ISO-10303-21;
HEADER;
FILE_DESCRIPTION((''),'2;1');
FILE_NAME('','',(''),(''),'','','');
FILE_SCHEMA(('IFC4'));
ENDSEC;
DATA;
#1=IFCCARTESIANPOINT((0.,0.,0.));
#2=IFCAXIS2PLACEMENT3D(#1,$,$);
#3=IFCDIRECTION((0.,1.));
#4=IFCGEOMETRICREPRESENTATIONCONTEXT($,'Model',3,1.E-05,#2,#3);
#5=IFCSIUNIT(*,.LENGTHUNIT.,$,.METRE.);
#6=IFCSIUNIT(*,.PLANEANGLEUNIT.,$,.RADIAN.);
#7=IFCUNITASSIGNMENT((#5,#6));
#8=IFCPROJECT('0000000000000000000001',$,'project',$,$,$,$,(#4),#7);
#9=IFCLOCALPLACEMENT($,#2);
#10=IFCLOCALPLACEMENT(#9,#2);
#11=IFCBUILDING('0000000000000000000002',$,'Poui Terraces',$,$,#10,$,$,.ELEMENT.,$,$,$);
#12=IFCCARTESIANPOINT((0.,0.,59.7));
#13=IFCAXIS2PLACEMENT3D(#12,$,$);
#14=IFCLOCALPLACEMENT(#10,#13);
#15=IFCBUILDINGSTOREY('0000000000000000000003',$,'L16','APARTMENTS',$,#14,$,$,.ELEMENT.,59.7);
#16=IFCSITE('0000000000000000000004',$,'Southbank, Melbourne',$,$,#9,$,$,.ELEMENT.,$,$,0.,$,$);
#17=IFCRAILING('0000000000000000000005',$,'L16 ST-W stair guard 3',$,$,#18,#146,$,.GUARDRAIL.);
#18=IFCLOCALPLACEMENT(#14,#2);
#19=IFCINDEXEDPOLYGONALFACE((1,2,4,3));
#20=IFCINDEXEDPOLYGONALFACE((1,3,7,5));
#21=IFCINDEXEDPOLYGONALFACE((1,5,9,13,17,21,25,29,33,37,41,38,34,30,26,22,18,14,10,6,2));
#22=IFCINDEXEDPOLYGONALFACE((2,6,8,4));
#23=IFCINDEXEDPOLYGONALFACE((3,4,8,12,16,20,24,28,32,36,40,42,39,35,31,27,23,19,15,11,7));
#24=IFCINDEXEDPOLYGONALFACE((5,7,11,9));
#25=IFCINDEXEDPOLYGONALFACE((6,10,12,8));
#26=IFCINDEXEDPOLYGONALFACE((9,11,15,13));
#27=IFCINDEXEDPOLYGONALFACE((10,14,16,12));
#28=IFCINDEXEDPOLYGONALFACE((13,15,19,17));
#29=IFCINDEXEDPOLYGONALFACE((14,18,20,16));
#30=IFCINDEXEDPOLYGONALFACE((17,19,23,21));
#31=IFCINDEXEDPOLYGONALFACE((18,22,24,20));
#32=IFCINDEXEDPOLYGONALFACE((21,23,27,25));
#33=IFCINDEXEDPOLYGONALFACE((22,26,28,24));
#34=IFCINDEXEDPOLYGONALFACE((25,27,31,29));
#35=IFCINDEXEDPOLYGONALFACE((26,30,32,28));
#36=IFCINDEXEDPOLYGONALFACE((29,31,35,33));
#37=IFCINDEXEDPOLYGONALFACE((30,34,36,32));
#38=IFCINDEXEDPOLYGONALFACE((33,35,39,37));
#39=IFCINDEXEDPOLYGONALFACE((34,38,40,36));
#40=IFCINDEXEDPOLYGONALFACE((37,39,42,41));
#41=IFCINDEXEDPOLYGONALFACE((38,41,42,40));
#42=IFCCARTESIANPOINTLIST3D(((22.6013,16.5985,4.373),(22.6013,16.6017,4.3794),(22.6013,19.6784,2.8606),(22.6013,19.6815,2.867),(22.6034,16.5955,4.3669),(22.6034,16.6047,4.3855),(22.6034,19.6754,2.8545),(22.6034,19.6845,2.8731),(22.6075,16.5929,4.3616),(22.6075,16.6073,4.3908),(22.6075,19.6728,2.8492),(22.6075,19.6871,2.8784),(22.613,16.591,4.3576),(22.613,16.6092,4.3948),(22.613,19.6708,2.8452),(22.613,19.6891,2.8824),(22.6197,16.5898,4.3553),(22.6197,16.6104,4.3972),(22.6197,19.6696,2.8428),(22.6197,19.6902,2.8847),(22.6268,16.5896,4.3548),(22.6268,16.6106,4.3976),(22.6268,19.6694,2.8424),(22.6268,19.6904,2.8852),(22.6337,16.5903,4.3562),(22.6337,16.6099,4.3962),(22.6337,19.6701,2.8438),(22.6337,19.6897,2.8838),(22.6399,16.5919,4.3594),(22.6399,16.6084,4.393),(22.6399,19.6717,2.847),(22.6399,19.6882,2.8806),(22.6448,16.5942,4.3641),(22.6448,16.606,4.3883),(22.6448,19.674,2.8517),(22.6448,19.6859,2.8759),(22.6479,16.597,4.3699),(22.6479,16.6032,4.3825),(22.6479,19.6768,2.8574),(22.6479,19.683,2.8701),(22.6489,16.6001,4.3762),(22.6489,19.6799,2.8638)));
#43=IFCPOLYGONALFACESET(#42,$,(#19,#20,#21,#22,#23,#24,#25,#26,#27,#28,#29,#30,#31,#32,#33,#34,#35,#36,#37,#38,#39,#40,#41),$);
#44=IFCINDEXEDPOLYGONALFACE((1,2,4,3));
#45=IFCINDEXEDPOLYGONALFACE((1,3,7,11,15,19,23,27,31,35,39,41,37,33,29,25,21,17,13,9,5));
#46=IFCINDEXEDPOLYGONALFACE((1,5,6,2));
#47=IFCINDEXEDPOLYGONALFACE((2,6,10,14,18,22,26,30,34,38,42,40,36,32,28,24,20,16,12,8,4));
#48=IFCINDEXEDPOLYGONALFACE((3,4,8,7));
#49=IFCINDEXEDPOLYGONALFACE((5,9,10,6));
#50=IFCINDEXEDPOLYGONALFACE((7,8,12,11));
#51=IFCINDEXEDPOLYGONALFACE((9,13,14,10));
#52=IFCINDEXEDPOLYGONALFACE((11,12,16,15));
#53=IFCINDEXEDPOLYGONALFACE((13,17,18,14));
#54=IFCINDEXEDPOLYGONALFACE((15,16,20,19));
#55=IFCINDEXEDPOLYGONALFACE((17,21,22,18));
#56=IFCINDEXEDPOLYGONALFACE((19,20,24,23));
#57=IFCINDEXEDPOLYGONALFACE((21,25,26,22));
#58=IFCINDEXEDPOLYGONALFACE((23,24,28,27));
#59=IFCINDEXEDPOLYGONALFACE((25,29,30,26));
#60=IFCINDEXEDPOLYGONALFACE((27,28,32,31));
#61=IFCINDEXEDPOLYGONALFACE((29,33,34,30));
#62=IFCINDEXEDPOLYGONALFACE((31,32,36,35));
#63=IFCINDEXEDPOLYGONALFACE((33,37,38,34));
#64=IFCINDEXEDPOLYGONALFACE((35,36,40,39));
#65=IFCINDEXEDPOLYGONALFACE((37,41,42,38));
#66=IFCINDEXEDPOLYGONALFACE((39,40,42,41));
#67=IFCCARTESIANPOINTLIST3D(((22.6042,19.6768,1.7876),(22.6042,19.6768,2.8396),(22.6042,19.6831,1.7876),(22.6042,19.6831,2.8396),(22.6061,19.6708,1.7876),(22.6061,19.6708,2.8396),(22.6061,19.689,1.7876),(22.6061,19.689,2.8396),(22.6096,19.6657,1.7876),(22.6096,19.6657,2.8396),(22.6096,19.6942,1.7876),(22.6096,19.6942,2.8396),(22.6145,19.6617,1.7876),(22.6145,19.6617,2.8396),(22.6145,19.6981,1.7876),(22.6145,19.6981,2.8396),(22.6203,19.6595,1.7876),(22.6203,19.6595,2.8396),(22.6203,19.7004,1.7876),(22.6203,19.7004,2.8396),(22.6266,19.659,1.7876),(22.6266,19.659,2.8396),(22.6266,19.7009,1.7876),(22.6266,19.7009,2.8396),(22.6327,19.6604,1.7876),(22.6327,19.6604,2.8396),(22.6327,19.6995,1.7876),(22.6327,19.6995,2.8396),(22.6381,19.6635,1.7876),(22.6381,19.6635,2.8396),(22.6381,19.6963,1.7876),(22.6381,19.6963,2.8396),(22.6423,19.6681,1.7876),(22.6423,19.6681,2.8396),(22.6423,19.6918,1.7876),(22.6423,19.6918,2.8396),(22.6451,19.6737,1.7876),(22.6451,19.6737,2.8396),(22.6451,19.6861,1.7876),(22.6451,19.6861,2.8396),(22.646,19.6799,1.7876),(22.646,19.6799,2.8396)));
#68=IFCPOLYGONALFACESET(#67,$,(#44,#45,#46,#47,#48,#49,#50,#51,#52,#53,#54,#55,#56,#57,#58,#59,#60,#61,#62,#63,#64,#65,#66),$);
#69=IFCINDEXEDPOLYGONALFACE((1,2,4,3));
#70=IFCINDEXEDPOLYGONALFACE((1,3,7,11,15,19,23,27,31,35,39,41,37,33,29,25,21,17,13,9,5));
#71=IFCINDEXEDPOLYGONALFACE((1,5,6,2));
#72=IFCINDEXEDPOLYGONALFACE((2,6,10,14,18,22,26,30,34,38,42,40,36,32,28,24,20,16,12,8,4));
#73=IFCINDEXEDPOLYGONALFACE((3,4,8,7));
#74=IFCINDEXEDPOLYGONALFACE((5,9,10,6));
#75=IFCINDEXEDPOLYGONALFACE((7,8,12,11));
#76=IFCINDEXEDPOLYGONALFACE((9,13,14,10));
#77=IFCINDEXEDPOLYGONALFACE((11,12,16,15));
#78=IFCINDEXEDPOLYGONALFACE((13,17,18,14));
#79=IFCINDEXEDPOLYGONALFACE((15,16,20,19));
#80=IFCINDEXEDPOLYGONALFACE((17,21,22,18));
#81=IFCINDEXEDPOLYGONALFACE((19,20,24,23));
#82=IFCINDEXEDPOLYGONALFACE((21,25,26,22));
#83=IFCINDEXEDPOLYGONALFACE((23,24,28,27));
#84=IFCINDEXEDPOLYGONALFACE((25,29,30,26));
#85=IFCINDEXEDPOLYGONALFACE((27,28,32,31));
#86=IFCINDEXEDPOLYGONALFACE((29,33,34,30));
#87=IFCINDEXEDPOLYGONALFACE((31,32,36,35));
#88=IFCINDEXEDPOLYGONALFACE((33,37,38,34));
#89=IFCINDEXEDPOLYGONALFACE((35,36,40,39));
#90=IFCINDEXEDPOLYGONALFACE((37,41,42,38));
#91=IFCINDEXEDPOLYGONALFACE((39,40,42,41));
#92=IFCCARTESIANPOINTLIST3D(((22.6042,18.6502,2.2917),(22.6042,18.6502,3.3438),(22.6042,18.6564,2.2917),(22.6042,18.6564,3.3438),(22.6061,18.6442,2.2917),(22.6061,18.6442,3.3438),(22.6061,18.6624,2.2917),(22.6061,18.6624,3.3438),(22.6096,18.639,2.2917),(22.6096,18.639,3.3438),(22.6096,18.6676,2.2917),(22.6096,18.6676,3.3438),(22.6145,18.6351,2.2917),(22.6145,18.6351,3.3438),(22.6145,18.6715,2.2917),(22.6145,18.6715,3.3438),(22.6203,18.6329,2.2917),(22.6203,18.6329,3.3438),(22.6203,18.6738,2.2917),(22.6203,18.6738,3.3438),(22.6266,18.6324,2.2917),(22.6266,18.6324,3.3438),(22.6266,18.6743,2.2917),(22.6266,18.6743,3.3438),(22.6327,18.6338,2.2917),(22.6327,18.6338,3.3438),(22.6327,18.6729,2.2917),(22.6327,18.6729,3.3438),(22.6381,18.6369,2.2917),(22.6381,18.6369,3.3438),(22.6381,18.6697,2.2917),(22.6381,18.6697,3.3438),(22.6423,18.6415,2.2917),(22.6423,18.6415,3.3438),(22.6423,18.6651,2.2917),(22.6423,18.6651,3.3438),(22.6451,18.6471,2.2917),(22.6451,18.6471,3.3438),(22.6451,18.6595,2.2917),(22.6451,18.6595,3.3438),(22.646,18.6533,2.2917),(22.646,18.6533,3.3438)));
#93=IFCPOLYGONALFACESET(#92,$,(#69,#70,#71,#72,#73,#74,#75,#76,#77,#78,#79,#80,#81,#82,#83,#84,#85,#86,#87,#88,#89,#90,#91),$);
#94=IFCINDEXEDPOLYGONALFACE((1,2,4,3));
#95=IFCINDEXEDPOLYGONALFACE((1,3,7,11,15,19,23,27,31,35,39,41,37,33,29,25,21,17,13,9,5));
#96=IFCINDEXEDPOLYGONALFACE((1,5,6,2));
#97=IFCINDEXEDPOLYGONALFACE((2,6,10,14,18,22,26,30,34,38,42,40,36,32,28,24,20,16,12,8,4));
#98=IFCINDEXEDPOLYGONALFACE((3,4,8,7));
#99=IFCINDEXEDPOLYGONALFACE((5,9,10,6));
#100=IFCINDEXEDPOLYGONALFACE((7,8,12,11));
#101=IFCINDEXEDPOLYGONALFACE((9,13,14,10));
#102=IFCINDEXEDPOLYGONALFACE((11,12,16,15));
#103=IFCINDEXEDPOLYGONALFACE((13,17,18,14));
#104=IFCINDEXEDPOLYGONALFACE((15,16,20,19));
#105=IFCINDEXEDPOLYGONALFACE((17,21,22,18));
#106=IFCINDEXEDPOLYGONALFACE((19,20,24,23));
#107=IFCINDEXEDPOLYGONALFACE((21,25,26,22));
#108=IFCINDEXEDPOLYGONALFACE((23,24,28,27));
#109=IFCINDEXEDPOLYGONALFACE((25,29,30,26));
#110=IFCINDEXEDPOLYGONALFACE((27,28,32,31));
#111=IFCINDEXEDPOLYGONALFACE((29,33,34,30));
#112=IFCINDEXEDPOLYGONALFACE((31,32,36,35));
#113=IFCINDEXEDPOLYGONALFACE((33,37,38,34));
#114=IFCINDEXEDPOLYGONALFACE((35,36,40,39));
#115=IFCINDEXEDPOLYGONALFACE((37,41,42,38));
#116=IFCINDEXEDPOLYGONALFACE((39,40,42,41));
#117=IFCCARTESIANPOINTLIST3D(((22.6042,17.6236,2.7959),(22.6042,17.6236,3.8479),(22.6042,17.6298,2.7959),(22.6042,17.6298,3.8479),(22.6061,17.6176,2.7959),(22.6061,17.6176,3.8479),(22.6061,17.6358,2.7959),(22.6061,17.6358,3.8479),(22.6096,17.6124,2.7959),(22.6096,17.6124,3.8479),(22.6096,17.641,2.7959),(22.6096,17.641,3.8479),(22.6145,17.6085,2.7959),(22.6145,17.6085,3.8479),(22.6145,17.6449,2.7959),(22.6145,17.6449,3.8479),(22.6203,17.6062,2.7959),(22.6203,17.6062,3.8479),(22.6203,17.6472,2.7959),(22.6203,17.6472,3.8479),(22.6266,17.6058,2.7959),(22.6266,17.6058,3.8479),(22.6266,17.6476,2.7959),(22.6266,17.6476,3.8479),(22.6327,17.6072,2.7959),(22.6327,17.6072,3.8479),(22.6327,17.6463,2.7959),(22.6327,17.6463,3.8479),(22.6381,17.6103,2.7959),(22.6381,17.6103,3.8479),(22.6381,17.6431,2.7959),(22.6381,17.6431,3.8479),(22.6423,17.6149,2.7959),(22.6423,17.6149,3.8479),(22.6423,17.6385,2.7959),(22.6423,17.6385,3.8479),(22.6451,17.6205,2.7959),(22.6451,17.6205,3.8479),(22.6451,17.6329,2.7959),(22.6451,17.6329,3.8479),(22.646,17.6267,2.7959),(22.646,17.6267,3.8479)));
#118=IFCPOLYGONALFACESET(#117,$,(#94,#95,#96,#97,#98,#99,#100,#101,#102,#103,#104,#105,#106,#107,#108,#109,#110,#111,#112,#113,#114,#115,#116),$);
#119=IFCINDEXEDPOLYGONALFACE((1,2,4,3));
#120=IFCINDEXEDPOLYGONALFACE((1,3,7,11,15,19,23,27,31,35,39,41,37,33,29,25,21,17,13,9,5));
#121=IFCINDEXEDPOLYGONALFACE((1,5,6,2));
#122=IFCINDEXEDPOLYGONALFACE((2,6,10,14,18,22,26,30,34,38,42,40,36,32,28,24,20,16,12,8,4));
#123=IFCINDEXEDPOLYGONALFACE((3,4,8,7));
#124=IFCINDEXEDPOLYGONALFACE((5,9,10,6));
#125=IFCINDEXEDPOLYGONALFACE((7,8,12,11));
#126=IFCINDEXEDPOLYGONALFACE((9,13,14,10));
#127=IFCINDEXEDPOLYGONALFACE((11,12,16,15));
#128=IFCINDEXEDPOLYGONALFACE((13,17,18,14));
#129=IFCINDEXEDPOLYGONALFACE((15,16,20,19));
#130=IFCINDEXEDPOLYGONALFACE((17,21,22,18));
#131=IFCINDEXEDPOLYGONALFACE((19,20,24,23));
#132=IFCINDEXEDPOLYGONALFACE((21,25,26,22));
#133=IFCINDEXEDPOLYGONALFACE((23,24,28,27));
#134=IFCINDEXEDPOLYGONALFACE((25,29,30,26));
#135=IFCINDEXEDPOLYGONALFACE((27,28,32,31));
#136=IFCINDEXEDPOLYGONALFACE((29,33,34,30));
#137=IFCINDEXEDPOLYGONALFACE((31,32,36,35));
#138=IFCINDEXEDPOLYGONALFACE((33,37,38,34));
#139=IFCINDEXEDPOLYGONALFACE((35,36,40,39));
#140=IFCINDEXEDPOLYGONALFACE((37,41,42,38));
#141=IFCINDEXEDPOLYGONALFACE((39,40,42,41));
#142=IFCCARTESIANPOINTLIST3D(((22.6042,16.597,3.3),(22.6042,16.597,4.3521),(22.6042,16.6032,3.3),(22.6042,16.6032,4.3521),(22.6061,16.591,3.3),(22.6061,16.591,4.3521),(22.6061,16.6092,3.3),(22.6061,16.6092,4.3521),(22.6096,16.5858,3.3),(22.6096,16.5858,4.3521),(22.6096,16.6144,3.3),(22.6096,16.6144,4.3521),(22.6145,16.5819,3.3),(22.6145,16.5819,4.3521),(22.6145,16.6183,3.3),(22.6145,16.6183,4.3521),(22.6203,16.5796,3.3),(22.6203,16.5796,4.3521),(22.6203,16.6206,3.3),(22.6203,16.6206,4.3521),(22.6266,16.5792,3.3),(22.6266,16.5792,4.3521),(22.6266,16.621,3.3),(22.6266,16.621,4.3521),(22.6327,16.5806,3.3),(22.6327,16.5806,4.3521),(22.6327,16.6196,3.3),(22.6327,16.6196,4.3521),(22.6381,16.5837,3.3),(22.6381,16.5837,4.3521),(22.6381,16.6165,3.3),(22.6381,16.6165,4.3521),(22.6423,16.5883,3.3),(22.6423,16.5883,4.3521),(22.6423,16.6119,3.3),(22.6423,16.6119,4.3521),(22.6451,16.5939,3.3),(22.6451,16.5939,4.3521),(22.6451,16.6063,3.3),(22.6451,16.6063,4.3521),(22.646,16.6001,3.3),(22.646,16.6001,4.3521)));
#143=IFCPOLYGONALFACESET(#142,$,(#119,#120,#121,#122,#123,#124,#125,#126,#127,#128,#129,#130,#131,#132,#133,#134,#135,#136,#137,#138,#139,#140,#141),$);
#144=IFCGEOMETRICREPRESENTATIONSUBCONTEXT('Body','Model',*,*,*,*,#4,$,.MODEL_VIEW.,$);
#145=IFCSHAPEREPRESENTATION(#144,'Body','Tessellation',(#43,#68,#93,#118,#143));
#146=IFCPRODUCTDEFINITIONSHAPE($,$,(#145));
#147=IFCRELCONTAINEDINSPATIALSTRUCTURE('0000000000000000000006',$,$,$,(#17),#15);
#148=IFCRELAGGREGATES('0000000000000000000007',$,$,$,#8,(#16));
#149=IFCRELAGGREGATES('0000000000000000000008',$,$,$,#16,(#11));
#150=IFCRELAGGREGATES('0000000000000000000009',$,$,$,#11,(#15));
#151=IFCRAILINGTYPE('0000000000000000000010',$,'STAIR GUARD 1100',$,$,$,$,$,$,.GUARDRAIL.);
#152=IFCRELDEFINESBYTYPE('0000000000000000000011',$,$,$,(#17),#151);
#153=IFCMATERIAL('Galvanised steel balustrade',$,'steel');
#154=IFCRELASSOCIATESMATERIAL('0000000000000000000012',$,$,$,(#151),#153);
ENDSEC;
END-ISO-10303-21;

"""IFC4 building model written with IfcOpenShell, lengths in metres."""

from ifc_helpers import new_model, si_unit, direction, frame, origin, origin_2d, place, context, subcontext, project, spatial, circle, extrude, material, type_object, element, save


model = new_model("IFC4")

# Units and contexts
model_context = context("Model", 3, precision=1e-05, world=origin(), true_north=direction((0.0, 1.0)))
body_context = subcontext(model_context, "Body", "Model", "MODEL_VIEW")
ifc_project = project(units=[si_unit("LENGTHUNIT", "METRE"), si_unit("PLANEANGLEUNIT", "RADIAN")], contexts=[model_context])

# Site, building, storey
site_placement = place(None, origin())
site = spatial("IfcSite", under=ifc_project, at=site_placement, Name="Southbank, Melbourne", CompositionType="ELEMENT", RefElevation=0.0)
building_placement = place(site_placement, origin())
building = spatial("IfcBuilding", under=site, at=building_placement, Name="Poui Terraces", CompositionType="ELEMENT")
storey_placement = place(building_placement, frame((0.0, 0.0, 59.7)))
storey = spatial("IfcBuildingStorey", under=building, at=storey_placement, Name="L16", Description="APARTMENTS", CompositionType="ELEMENT", Elevation=59.7)

# Railing
ifc_material_1 = material(Name="Galvanised steel balustrade", Category="steel")
railing_type_1 = type_object("IfcRailingType", Name="STAIR GUARD 1100", PredefinedType="GUARDRAIL", material=ifc_material_1)
railing_1_placement = place(storey_placement, frame((22.625, 19.6799, 1.7876)))
element("IfcRailing", 1, at=railing_1_placement, inside=storey, type_object=railing_type_1, Name="L16 ST-W stair guard 3", PredefinedType="GUARDRAIL", context=body_context, shape_type="SweptSolid", body=[
    extrude(circle(Radius=0.0239, at=origin_2d()), frame((0.0, 0.0, 1.0762), z_axis=(0.0, -0.897606, 0.440798), x_axis=(1.0, 0.0, 0.0)), (0.0, 0.0, 1.0), 3.4312),
    extrude(circle(Radius=0.021, at=origin_2d()), origin(), (0.0, 0.0, 1.0), 1.052),
    extrude(circle(Radius=0.021, at=origin_2d()), frame((0.0, -1.0266, 0.5042)), (0.0, 0.0, 1.0), 1.052),
    extrude(circle(Radius=0.021, at=origin_2d()), frame((0.0, -2.0532, 1.0083)), (0.0, 0.0, 1.0), 1.052),
    extrude(circle(Radius=0.021, at=origin_2d()), frame((0.0, -3.0798, 1.5125)), (0.0, 0.0, 1.0), 1.052),
])

save(model, "model.ifc")
